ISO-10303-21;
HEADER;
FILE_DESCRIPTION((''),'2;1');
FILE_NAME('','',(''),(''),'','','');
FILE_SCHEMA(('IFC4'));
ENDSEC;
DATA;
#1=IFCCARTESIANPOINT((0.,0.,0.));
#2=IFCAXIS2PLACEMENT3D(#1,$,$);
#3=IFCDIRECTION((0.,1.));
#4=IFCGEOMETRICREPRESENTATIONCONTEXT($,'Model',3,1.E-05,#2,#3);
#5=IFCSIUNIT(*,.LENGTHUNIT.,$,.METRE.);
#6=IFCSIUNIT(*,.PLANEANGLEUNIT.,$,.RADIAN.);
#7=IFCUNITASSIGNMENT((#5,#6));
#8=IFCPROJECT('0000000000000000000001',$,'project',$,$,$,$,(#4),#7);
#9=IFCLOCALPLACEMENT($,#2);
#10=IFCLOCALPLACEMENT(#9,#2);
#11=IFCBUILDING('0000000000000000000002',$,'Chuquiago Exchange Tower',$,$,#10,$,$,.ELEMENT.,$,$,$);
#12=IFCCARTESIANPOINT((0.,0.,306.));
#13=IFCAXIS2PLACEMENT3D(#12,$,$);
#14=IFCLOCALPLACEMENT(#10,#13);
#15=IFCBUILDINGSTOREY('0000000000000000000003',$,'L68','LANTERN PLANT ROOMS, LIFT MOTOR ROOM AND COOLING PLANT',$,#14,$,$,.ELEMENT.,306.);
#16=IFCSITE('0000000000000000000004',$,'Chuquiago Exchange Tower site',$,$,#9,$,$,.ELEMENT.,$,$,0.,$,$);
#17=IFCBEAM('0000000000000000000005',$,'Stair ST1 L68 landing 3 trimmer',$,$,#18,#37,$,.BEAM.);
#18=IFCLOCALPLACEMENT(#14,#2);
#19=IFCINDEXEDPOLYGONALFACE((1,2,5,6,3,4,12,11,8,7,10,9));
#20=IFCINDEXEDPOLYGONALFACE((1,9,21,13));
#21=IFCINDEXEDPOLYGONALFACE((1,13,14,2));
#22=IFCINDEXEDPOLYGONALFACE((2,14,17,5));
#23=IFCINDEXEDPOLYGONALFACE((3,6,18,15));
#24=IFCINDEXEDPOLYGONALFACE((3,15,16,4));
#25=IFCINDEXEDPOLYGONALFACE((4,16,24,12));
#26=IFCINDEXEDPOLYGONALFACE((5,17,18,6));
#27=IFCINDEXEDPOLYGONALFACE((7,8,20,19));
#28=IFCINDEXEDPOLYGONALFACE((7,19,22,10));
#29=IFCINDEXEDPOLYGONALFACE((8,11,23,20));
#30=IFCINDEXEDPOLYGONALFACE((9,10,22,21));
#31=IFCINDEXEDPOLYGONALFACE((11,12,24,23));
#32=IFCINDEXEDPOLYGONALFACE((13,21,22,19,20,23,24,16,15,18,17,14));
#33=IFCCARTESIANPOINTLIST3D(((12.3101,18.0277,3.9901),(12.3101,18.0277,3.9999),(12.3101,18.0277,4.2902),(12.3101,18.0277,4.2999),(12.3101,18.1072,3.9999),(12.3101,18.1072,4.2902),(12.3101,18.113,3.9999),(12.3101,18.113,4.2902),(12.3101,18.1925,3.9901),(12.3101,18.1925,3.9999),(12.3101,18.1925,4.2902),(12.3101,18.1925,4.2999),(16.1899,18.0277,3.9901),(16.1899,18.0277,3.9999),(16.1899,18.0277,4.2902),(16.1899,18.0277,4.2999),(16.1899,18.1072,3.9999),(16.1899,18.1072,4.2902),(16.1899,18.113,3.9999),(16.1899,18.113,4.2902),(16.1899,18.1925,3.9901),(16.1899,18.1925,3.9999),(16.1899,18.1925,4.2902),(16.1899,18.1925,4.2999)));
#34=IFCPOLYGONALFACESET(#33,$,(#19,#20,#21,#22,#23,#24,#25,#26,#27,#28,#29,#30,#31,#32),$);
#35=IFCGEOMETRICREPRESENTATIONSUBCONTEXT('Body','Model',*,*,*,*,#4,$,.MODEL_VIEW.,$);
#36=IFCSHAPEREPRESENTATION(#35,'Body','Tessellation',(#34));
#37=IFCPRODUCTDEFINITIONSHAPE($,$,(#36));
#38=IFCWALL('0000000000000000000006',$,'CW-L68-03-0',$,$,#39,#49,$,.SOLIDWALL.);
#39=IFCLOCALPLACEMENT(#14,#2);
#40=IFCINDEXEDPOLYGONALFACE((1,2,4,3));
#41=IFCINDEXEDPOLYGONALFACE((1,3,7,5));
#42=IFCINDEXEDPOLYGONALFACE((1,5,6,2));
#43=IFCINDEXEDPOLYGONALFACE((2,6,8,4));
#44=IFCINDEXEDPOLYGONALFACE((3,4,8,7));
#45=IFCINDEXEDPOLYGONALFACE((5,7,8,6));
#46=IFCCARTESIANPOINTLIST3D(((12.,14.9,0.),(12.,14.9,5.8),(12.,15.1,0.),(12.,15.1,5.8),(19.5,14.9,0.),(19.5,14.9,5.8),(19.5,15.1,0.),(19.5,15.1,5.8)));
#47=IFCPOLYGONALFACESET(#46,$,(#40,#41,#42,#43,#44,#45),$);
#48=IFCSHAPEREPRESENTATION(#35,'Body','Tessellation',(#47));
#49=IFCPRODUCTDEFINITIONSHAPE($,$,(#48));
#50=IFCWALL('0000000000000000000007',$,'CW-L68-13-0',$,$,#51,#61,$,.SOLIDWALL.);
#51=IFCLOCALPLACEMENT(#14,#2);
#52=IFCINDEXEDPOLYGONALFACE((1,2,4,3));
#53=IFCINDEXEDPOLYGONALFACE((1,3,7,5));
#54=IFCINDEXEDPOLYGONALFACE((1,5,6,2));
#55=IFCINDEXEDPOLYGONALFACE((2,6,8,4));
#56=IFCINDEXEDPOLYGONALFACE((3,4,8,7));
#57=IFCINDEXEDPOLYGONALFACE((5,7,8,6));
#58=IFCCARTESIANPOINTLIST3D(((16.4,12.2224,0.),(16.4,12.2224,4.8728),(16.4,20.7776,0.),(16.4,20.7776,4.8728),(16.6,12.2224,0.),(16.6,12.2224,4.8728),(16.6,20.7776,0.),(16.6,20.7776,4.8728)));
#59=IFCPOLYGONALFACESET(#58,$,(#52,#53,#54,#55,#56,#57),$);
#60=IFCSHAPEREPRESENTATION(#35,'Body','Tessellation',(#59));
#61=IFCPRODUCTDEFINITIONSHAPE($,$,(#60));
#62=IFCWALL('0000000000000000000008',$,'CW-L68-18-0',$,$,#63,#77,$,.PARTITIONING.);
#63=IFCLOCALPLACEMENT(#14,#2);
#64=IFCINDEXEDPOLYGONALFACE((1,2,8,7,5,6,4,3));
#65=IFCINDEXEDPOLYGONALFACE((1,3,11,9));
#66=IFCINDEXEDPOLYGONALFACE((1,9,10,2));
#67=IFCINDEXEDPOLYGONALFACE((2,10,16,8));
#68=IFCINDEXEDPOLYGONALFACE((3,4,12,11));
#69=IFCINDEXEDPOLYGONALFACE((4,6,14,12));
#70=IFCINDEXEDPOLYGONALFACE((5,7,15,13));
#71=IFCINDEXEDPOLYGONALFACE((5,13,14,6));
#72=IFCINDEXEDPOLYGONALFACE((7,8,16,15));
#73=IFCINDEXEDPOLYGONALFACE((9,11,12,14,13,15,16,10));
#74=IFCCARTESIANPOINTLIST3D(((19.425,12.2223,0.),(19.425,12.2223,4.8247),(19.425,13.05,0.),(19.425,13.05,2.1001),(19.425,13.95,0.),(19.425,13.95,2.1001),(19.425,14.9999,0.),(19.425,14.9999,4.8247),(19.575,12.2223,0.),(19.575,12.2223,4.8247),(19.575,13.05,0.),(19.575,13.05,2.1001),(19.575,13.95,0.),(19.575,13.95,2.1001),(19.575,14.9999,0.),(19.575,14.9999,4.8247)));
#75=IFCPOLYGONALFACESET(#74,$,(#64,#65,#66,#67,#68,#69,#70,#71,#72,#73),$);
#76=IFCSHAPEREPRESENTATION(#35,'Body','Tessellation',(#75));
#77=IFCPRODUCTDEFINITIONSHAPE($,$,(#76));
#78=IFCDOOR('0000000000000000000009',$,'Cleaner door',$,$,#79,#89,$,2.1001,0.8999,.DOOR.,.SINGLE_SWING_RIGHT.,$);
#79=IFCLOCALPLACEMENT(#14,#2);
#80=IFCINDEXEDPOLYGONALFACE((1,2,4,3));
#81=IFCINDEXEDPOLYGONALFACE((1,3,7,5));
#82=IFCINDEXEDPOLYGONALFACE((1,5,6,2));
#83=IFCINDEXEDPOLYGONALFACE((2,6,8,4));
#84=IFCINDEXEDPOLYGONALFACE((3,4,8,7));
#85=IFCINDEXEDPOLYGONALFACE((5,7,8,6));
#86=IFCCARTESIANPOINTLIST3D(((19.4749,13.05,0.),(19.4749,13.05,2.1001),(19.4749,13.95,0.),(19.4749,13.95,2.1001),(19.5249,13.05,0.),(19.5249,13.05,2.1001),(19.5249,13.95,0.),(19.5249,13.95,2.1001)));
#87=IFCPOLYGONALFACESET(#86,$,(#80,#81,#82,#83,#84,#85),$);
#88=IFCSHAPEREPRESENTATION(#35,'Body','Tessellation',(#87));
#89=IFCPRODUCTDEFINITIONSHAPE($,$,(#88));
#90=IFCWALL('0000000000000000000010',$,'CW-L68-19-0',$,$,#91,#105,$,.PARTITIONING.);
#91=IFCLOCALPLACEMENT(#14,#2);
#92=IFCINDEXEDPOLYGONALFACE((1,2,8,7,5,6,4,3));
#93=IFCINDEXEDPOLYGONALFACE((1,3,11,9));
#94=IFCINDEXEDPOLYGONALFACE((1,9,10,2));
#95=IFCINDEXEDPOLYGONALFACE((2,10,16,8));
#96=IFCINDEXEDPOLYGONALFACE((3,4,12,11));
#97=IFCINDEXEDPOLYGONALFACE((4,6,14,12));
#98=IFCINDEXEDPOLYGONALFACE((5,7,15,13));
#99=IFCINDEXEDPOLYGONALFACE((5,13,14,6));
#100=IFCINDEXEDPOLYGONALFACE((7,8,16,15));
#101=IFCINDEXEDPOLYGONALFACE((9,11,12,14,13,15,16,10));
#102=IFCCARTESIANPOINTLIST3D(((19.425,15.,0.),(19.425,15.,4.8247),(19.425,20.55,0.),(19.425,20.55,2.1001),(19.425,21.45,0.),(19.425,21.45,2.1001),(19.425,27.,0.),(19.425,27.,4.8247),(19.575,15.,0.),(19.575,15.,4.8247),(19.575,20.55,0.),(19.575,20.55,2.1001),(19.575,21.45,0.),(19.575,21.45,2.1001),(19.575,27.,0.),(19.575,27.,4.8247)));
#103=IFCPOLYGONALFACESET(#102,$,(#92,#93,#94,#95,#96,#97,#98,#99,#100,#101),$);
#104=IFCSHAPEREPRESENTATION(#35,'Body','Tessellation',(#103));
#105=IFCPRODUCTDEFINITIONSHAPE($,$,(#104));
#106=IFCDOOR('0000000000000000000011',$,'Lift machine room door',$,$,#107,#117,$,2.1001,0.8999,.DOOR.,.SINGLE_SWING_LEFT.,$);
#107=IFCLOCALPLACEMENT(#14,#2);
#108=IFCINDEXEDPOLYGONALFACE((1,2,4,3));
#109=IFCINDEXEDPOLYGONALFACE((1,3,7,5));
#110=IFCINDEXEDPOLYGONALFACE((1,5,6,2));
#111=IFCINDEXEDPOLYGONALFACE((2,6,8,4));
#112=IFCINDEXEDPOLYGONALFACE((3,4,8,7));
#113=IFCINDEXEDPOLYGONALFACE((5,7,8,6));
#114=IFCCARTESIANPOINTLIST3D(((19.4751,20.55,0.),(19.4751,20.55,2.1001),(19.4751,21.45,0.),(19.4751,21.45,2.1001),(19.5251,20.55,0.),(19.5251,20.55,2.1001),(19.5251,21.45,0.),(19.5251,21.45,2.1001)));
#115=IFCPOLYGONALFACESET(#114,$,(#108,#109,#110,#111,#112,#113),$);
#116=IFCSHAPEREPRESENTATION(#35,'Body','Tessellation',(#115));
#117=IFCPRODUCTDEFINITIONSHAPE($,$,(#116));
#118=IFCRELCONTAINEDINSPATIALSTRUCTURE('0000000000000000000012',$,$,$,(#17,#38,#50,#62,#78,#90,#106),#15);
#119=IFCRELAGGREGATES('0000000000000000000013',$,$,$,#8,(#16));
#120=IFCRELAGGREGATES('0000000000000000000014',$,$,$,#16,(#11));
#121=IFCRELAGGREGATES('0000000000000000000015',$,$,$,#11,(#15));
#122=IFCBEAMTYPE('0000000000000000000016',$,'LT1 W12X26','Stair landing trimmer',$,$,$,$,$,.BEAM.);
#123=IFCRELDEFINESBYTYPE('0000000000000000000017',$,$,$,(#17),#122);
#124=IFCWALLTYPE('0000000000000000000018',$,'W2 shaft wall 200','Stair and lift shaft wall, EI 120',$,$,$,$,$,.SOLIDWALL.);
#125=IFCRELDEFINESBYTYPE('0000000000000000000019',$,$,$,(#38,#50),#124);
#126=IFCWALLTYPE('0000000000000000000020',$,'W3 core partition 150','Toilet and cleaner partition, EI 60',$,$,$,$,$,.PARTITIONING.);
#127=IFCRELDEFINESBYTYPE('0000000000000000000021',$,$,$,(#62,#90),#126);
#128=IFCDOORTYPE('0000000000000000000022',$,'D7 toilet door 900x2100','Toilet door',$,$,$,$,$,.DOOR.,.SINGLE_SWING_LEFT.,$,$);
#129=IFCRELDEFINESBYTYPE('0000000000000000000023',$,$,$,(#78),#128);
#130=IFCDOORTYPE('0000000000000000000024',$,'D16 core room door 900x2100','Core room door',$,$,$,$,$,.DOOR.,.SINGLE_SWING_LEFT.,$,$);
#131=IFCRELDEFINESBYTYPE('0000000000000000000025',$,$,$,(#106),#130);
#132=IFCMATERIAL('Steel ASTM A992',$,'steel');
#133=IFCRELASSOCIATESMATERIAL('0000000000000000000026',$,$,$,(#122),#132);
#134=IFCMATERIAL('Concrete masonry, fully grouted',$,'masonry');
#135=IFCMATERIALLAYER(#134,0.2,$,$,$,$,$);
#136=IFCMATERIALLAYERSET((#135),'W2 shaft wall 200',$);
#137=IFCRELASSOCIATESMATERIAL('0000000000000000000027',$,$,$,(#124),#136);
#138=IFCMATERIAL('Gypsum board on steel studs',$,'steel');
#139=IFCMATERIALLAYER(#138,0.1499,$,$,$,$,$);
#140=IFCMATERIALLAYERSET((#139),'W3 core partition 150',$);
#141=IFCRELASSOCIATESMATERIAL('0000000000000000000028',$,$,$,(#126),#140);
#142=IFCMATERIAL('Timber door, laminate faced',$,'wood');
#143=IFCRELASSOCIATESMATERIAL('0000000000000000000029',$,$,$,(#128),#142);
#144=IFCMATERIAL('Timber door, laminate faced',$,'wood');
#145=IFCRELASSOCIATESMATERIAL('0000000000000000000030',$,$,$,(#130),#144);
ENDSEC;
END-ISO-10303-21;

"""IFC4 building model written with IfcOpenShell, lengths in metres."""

from ifc_helpers import new_model, si_unit, direction, frame, frame_2d, origin, origin_2d, place, context, subcontext, project, spatial, rectangle, i_section, extrude, material, layer, layer_set, material_profile, profile_set, type_object, element, fill, save


model = new_model("IFC4")

# Units and contexts
model_context = context("Model", 3, precision=1e-05, world=origin(), true_north=direction((0.0, 1.0)))
body_context = subcontext(model_context, "Body", "Model", "MODEL_VIEW")
ifc_project = project(units=[si_unit("LENGTHUNIT", "METRE"), si_unit("PLANEANGLEUNIT", "RADIAN")], contexts=[model_context])

# Site, building, storey
site_placement = place(None, origin())
site = spatial("IfcSite", under=ifc_project, at=site_placement, Name="Chuquiago Exchange Tower site", CompositionType="ELEMENT", RefElevation=0.0)
building_placement = place(site_placement, origin())
building = spatial("IfcBuilding", under=site, at=building_placement, Name="Chuquiago Exchange Tower", CompositionType="ELEMENT")
storey_placement = place(building_placement, frame((0.0, 0.0, 306.0)))
storey = spatial("IfcBuildingStorey", under=building, at=storey_placement, Name="L68", Description="LANTERN PLANT ROOMS, LIFT MOTOR ROOM AND COOLING PLANT", CompositionType="ELEMENT", Elevation=306.0)

# Beam
ifc_material_1 = material(Name="Steel ASTM A992", Category="steel")
ifc_material_profile_1 = material_profile(ifc_material_1, i_section(OverallWidth=0.1648, OverallDepth=0.3098, WebThickness=0.0059, FlangeThickness=0.0098, at=origin_2d()), Name="W12X26")
ifc_profile_set_1 = profile_set([ifc_material_profile_1], Name="Steel ASTM A992")
beam_type_1 = type_object("IfcBeamType", Name="LT1 W12X26", Description="Stair landing trimmer", PredefinedType="BEAM", material=ifc_profile_set_1)
for number, where, z_axis, x_axis, name in (
    (1, (12.3101, 18.1101, 4.145), (1.0, 0.0, 0.0), (0.0, 1.0, 0.0), "Stair ST1 L68 landing 3 trimmer"),
):
    element("IfcBeam", number, at=place(storey_placement, frame(where, z_axis=z_axis, x_axis=x_axis)), inside=storey, type_object=beam_type_1, Name=name, PredefinedType="BEAM", context=body_context, shape_type="SweptSolid", body=[
        extrude(i_section(OverallWidth=0.1648, OverallDepth=0.3098, WebThickness=0.0059, FlangeThickness=0.0098, at=origin_2d()), origin(), (0.0, 0.0, 1.0), 3.8799),
    ])

# Walls
ifc_material_2 = material(Name="Concrete masonry, fully grouted", Category="masonry")
ifc_layer_1 = layer(ifc_material_2, 0.2)
ifc_layer_set_1 = layer_set([ifc_layer_1], Name="W2 shaft wall 200")
wall_type_1 = type_object("IfcWallType", Name="W2 shaft wall 200", Description="Stair and lift shaft wall, EI 120", PredefinedType="SOLIDWALL", material=ifc_layer_set_1)
wall_1_placement = place(storey_placement, frame((12.0, 15.0, 0.0), z_axis=(0.0, 0.0, 1.0), x_axis=(1.0, 0.0, 0.0)))
element("IfcWall", 2, at=wall_1_placement, inside=storey, type_object=wall_type_1, Name="CW-L68-03-0", PredefinedType="SOLIDWALL", context=body_context, shape_type="SweptSolid", body=[
    extrude(rectangle(XDim=7.5, YDim=0.2, at=frame_2d((3.75, 0.0))), origin(), (0.0, 0.0, 1.0), 5.8),
])
wall_2_placement = place(storey_placement, frame((16.5, 12.2224, 0.0), z_axis=(0.0, 0.0, 1.0), x_axis=(0.0, 1.0, 0.0)))
element("IfcWall", 3, at=wall_2_placement, inside=storey, type_object=wall_type_1, Name="CW-L68-13-0", PredefinedType="SOLIDWALL", context=body_context, shape_type="SweptSolid", body=[
    extrude(rectangle(XDim=8.5552, YDim=0.2, at=frame_2d((4.2776, 0.0))), origin(), (0.0, 0.0, 1.0), 4.8728),
])

# Walls, openings, doors
ifc_material_3 = material(Name="Gypsum board on steel studs", Category="steel")
ifc_layer_2 = layer(ifc_material_3, 0.1499)
ifc_layer_set_2 = layer_set([ifc_layer_2], Name="W3 core partition 150")
wall_type_2 = type_object("IfcWallType", Name="W3 core partition 150", Description="Toilet and cleaner partition, EI 60", PredefinedType="PARTITIONING", material=ifc_layer_set_2)
wall_3_placement = place(storey_placement, frame((19.5, 12.2224, 0.0), z_axis=(0.0, 0.0, 1.0), x_axis=(0.0, 1.0, 0.0)))
wall_3 = element("IfcWall", 4, at=wall_3_placement, inside=storey, type_object=wall_type_2, Name="CW-L68-18-0", PredefinedType="PARTITIONING", context=body_context, shape_type="SweptSolid", body=[
    extrude(rectangle(XDim=2.7776, YDim=0.1499, at=frame_2d((1.3887, 0.0))), origin(), (0.0, 0.0, 1.0), 4.8247),
])
opening_1_placement = place(wall_3_placement, frame((0.8276, 0.0, 0.0)))
opening_1 = element("IfcOpeningElement", 5, at=opening_1_placement, cuts=wall_3, PredefinedType="OPENING", context=body_context, shape_type="SweptSolid", body=[
    extrude(rectangle(XDim=0.8999, YDim=2.1001, at=frame_2d((0.45, 1.05))), frame((0.0, 0.085, 0.0), z_axis=(0.0, -1.0, 0.0), x_axis=(1.0, 0.0, 0.0)), (0.0, 0.0, 1.0), 0.1699),
])
ifc_material_4 = material(Name="Timber door, laminate faced", Category="wood")
door_type_1 = type_object("IfcDoorType", Name="D7 toilet door 900x2100", Description="Toilet door", OperationType="SINGLE_SWING_LEFT", PredefinedType="DOOR", material=ifc_material_4)
door_1_placement = place(opening_1_placement, frame((0.8999, 0.0, 0.0), z_axis=(0.0, 0.0, 1.0), x_axis=(-1.0, 0.0, 0.0)))
door_1 = element("IfcDoor", 6, at=door_1_placement, inside=storey, type_object=door_type_1, Name="Cleaner door", OperationType="SINGLE_SWING_RIGHT", OverallHeight=2.1001, OverallWidth=0.8999, PredefinedType="DOOR", context=body_context, shape_type="SweptSolid", body=[
    extrude(rectangle(XDim=0.8999, YDim=2.1001, at=frame_2d((0.45, 1.05))), frame((0.0, 0.0249, 0.0), z_axis=(0.0, -1.0, 0.0), x_axis=(1.0, 0.0, 0.0)), (0.0, 0.0, 1.0), 0.05),
])
fill(opening_1, door_1)
wall_4_placement = place(storey_placement, frame((19.5, 15.0, 0.0), z_axis=(0.0, 0.0, 1.0), x_axis=(0.0, 1.0, 0.0)))
wall_4 = element("IfcWall", 7, at=wall_4_placement, inside=storey, type_object=wall_type_2, Name="CW-L68-19-0", PredefinedType="PARTITIONING", context=body_context, shape_type="SweptSolid", body=[
    extrude(rectangle(XDim=12.0, YDim=0.1499, at=frame_2d((6.0, 0.0))), origin(), (0.0, 0.0, 1.0), 4.8247),
])
opening_2_placement = place(wall_4_placement, frame((5.55, 0.0, 0.0)))
opening_2 = element("IfcOpeningElement", 8, at=opening_2_placement, cuts=wall_4, PredefinedType="OPENING", context=body_context, shape_type="SweptSolid", body=[
    extrude(rectangle(XDim=0.8999, YDim=2.1001, at=frame_2d((0.45, 1.05))), frame((0.0, 0.085, 0.0), z_axis=(0.0, -1.0, 0.0), x_axis=(1.0, 0.0, 0.0)), (0.0, 0.0, 1.0), 0.1699),
])
ifc_material_5 = material(Name="Timber door, laminate faced", Category="wood")
door_type_2 = type_object("IfcDoorType", Name="D16 core room door 900x2100", Description="Core room door", OperationType="SINGLE_SWING_LEFT", PredefinedType="DOOR", material=ifc_material_5)
door_2_placement = place(opening_2_placement, origin())
door_2 = element("IfcDoor", 9, at=door_2_placement, inside=storey, type_object=door_type_2, Name="Lift machine room door", OperationType="SINGLE_SWING_LEFT", OverallHeight=2.1001, OverallWidth=0.8999, PredefinedType="DOOR", context=body_context, shape_type="SweptSolid", body=[
    extrude(rectangle(XDim=0.8999, YDim=2.1001, at=frame_2d((0.45, 1.05))), frame((0.0, 0.0249, 0.0), z_axis=(0.0, -1.0, 0.0), x_axis=(1.0, 0.0, 0.0)), (0.0, 0.0, 1.0), 0.05),
])
fill(opening_2, door_2)

save(model, "model.ifc")
